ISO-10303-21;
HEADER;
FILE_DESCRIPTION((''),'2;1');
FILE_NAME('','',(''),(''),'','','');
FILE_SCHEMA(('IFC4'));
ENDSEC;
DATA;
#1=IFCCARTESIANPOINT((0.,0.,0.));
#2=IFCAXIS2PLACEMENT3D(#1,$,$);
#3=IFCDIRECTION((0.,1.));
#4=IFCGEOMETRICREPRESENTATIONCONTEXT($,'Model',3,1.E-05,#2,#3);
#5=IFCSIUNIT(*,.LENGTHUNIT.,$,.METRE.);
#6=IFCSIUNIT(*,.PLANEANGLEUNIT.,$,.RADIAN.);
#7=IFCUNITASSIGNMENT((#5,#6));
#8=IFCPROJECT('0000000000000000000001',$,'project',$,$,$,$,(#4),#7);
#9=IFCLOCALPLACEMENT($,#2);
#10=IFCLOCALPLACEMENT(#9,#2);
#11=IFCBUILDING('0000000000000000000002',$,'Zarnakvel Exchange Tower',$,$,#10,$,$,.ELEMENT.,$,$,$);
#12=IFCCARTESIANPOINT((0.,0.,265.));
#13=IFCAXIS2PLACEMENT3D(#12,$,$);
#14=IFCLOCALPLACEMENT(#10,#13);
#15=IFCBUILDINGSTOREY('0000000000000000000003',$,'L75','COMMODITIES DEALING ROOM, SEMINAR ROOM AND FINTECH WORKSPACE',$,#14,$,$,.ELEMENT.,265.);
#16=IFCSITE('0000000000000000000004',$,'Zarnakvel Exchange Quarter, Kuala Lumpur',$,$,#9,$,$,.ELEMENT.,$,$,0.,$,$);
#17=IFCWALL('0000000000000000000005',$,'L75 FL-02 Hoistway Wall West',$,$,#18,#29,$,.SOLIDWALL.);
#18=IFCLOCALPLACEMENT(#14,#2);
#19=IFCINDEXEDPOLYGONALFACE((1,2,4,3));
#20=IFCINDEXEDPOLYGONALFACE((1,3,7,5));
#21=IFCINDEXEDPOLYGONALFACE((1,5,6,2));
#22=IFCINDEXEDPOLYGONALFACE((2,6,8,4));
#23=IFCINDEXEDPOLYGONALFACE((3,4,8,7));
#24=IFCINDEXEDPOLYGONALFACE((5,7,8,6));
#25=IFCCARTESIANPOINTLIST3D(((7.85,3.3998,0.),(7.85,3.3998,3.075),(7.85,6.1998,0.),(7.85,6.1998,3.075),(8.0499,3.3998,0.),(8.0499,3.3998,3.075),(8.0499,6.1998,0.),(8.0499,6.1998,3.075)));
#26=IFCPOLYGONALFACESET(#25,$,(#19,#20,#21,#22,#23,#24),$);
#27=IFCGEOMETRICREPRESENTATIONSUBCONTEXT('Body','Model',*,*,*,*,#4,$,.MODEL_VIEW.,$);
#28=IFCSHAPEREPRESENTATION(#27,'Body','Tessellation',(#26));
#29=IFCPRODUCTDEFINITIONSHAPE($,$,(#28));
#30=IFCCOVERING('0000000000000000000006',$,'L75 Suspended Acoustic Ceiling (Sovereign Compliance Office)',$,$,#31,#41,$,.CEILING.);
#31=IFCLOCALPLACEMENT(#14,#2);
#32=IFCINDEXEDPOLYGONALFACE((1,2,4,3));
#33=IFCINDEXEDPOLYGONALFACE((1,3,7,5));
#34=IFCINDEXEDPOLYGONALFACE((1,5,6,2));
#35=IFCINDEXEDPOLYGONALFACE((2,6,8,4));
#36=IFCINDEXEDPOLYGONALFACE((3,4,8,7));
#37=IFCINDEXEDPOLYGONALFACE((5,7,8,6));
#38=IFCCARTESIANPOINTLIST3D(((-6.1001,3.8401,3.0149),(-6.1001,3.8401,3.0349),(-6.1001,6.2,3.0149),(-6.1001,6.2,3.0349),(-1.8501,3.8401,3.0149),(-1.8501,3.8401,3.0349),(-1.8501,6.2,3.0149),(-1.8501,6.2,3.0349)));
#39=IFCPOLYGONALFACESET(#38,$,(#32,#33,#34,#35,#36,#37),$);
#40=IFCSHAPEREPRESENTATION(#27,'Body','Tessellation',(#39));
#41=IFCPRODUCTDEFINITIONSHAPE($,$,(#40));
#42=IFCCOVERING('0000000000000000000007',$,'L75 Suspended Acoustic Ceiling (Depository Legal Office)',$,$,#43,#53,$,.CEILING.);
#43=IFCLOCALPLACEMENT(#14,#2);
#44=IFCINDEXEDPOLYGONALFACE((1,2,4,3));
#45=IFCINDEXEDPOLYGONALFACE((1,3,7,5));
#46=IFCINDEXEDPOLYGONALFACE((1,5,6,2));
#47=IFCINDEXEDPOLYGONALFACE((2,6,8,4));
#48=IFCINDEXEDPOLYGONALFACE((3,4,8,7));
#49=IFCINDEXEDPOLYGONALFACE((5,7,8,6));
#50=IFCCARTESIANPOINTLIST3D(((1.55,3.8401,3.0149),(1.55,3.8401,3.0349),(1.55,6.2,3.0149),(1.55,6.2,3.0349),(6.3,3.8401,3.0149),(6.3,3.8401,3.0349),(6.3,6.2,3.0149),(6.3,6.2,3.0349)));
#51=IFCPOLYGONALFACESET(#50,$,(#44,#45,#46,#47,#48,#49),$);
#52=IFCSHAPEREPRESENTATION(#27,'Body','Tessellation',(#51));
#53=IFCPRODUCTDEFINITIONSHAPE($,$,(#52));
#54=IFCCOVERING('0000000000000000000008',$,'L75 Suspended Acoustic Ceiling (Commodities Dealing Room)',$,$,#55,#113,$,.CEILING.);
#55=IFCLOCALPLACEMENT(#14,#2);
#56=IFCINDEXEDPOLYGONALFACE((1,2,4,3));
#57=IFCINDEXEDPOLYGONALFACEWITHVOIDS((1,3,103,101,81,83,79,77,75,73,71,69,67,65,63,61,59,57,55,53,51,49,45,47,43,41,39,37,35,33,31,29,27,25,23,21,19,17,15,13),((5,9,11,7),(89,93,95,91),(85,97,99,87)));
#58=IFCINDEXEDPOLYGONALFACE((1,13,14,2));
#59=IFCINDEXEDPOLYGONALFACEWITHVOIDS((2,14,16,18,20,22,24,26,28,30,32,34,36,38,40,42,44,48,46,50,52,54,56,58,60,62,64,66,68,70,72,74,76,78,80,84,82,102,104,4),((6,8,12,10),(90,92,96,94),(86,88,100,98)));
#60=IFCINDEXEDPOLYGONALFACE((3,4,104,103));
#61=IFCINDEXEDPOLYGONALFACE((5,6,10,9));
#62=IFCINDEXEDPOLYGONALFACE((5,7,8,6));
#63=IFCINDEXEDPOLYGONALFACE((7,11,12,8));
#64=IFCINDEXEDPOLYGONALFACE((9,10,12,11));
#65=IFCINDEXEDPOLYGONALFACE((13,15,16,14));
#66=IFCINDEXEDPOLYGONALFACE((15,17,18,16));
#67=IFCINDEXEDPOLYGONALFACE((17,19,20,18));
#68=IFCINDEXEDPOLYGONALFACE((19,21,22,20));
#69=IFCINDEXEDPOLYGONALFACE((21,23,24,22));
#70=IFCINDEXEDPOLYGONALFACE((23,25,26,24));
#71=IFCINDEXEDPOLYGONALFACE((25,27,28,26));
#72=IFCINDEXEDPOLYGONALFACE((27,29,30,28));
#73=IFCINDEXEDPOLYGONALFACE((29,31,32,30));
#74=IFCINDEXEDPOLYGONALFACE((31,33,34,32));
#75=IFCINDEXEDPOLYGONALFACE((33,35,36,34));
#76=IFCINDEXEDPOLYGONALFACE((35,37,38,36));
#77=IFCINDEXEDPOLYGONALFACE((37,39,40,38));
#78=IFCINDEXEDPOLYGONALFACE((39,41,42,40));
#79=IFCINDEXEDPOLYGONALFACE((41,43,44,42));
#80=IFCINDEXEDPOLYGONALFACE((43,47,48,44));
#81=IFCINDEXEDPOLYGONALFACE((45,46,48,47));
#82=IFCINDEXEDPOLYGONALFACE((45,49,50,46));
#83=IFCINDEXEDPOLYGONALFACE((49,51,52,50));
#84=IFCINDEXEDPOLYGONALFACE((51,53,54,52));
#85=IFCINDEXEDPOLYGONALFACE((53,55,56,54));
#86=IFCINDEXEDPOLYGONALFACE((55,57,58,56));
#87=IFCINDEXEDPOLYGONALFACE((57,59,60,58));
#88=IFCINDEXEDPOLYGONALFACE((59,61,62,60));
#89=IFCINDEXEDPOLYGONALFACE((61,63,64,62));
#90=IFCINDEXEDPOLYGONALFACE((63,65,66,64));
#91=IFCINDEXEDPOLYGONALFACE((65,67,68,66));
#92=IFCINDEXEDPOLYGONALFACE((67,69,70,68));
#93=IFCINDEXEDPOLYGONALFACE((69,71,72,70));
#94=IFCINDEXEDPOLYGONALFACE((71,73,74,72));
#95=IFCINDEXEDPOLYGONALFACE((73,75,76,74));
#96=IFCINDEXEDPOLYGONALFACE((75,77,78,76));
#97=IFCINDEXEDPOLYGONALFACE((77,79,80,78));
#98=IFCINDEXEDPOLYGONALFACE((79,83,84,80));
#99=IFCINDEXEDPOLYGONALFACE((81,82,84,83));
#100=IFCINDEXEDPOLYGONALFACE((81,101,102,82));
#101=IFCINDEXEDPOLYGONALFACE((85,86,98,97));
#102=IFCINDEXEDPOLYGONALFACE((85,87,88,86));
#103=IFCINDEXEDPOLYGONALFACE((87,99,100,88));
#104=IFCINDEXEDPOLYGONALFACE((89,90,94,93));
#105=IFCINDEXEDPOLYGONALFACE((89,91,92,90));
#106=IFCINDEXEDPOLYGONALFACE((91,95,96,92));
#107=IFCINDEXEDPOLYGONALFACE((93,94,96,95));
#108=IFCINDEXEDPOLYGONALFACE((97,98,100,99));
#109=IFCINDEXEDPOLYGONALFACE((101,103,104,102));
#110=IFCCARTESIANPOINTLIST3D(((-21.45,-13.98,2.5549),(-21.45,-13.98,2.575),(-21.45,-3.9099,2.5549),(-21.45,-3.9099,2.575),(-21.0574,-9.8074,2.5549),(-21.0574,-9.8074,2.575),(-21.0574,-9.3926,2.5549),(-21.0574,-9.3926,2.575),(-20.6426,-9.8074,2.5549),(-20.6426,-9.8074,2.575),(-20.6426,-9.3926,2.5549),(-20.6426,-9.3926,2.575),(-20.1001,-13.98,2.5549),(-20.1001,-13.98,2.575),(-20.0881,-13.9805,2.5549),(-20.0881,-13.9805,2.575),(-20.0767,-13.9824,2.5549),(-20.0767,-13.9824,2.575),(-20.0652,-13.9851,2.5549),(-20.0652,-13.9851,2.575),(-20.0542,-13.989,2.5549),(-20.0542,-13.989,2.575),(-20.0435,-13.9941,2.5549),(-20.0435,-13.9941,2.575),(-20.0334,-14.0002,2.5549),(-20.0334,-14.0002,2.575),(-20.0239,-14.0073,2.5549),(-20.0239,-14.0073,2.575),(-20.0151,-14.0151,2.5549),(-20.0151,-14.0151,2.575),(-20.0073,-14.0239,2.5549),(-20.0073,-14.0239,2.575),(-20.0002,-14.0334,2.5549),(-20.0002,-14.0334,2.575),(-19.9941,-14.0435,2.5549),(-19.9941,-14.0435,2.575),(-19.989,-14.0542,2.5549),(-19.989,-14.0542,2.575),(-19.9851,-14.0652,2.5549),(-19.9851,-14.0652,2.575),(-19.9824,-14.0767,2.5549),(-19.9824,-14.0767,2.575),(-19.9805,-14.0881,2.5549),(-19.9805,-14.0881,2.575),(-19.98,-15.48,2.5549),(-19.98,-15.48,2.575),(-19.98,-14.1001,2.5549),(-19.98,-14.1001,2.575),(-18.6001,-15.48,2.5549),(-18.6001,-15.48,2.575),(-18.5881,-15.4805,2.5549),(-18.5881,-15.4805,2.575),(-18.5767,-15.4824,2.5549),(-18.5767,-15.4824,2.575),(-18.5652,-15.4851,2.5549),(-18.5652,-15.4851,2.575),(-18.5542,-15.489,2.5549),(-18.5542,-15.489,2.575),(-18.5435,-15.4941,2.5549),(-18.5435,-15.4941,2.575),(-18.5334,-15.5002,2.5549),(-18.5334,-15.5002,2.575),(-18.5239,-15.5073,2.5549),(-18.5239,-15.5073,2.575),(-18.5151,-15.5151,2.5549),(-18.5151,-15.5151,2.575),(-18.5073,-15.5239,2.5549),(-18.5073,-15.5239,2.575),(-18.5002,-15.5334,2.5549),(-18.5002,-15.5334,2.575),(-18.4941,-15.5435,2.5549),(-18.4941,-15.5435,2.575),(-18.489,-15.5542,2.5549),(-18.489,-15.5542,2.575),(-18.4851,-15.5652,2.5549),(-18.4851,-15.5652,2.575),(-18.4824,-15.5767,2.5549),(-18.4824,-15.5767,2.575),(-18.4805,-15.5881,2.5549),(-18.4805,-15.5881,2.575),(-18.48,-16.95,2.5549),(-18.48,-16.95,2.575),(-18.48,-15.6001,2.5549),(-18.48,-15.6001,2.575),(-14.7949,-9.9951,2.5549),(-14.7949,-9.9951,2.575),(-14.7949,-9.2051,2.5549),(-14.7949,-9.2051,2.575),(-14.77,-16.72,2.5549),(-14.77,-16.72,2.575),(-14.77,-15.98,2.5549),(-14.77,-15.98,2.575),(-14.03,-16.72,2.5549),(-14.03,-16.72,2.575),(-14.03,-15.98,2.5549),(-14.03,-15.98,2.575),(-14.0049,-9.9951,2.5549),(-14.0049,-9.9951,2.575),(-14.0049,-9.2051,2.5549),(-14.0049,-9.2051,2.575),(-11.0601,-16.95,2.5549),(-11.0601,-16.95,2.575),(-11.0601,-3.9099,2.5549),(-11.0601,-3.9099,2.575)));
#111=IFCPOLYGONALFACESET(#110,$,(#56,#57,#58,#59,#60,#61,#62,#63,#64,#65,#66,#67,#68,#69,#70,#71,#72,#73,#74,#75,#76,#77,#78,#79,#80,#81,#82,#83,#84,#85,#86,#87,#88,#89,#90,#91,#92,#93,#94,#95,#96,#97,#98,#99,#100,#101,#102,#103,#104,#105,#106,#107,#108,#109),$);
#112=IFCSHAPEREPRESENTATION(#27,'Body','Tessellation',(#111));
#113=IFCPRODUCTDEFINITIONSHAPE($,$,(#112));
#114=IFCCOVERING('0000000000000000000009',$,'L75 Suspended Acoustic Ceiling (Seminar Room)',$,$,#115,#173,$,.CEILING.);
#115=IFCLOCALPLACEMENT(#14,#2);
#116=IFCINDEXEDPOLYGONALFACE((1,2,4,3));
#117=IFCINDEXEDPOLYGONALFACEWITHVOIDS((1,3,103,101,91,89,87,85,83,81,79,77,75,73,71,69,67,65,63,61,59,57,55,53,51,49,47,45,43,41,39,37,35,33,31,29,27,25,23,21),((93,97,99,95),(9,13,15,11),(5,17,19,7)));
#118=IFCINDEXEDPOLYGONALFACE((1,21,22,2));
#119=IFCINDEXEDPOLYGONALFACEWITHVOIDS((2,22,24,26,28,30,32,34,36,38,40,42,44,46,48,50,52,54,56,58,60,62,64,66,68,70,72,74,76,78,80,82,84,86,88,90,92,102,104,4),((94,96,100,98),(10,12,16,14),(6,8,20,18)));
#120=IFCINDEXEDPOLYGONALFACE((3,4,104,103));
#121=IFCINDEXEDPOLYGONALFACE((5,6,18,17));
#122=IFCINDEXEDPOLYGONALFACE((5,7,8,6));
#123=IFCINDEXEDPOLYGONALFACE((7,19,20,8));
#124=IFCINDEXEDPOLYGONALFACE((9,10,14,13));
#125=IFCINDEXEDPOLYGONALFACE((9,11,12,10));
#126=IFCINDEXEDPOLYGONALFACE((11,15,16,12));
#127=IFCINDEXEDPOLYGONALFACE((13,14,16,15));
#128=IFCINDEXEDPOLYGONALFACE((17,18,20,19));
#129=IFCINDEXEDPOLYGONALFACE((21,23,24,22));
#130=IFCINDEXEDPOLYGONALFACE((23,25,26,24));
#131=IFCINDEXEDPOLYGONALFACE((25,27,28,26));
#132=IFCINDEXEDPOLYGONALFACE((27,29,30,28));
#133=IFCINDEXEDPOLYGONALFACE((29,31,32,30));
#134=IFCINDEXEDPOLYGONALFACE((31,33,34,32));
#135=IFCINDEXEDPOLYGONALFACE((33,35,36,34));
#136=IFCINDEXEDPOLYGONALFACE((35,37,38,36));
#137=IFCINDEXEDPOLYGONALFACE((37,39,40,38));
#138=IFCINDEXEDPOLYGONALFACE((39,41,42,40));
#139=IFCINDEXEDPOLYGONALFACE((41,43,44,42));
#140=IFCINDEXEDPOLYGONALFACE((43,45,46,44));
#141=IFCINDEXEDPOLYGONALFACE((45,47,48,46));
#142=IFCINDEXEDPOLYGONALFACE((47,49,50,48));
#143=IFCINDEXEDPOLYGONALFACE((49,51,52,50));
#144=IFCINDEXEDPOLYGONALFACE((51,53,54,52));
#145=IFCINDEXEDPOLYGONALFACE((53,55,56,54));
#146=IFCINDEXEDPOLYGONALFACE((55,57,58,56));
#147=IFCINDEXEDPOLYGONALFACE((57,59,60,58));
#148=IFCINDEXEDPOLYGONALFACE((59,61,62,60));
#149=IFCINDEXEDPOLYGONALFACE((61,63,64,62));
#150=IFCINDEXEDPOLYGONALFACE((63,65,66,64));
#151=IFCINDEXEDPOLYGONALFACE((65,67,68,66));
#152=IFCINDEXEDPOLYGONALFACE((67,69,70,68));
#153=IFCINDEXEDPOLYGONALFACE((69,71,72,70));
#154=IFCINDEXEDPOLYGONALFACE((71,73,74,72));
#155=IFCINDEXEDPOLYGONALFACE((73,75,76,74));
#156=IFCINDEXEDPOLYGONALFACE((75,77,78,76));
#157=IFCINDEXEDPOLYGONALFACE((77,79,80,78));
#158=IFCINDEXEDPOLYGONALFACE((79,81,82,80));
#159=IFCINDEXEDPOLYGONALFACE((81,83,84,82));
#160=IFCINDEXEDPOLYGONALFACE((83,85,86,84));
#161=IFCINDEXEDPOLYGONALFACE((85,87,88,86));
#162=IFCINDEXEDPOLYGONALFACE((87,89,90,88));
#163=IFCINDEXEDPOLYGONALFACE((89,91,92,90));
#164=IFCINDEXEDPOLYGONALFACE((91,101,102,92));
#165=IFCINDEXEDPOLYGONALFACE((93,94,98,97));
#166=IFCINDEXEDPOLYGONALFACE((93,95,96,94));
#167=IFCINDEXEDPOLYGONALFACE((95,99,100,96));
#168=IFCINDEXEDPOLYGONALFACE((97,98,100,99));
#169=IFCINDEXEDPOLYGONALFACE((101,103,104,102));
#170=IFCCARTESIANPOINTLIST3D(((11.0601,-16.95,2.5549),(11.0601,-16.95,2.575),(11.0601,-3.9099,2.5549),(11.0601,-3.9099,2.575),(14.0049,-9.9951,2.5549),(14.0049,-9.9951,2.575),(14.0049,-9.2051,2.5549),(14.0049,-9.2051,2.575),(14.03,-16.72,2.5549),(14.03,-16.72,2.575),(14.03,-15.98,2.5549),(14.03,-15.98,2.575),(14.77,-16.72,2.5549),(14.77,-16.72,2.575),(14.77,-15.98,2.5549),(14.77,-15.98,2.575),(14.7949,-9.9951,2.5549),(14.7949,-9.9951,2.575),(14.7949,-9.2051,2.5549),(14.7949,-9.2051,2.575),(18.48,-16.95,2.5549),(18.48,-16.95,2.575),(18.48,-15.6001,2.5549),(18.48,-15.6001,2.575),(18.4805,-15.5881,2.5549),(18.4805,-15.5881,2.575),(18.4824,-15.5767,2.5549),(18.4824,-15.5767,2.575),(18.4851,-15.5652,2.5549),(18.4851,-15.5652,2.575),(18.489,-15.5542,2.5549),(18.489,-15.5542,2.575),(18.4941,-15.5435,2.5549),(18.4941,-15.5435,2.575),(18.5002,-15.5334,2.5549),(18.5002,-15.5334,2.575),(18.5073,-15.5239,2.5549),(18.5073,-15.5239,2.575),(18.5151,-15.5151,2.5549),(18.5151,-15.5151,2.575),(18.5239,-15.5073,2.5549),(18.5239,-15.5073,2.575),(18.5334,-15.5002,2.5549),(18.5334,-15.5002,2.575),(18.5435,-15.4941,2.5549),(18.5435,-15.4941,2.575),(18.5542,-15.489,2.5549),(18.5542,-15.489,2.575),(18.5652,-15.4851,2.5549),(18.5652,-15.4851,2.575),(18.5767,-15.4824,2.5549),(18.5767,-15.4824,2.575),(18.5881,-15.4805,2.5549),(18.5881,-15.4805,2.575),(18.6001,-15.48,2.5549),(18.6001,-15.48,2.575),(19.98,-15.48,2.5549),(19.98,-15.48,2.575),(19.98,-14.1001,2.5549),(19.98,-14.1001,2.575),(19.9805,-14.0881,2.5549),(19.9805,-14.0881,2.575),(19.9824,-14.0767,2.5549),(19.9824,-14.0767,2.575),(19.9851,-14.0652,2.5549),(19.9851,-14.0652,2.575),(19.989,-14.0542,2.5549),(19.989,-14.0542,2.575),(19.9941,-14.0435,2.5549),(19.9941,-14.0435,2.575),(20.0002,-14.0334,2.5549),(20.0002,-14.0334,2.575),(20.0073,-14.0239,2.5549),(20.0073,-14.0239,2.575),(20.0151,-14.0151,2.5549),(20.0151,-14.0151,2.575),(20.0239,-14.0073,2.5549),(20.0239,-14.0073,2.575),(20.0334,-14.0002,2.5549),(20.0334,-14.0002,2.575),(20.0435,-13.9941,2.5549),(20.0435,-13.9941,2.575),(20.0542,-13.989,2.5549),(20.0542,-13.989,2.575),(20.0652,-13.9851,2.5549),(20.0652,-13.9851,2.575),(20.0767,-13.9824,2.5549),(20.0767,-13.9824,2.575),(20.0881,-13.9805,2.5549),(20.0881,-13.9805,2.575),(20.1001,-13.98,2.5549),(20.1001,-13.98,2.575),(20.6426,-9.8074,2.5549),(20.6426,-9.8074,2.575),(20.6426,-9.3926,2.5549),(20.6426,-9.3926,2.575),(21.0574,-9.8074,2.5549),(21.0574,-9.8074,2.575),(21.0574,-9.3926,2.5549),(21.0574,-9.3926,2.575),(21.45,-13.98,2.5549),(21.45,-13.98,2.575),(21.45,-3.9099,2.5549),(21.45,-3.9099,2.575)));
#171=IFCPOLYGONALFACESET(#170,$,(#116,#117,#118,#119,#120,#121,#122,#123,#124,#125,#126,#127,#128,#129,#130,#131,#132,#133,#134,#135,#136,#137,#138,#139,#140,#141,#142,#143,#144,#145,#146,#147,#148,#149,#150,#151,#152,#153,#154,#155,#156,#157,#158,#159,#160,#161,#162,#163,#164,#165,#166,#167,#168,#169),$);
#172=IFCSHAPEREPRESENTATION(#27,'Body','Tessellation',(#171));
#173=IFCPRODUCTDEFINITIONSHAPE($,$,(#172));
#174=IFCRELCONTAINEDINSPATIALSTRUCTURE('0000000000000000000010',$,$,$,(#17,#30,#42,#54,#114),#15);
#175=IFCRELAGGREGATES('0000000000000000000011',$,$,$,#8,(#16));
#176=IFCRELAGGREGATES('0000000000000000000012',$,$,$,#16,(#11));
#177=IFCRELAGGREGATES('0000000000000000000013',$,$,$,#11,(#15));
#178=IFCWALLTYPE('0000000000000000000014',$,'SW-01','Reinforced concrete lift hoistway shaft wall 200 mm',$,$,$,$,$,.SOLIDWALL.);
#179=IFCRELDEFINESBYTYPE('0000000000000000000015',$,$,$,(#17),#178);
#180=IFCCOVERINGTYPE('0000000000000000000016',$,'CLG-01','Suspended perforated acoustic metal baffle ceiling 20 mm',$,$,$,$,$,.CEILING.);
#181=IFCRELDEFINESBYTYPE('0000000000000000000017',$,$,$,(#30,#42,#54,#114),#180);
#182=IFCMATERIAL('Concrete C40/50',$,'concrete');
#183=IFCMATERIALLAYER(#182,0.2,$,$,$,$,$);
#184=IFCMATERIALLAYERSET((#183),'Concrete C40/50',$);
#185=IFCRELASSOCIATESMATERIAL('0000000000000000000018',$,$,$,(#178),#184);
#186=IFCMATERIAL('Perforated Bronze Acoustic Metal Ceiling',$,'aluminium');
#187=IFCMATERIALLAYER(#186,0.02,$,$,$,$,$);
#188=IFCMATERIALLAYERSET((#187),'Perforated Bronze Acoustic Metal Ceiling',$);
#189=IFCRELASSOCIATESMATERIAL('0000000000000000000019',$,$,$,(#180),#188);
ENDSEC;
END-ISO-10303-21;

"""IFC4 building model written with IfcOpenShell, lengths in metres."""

from ifc_helpers import new_model, si_unit, direction, frame, frame_2d, origin, place, context, subcontext, project, spatial, polyline, rectangle, outline, extrude, material, layer, layer_set, type_object, element, save


model = new_model("IFC4")

# Units and contexts
model_context = context("Model", 3, precision=1e-05, world=origin(), true_north=direction((0.0, 1.0)))
body_context = subcontext(model_context, "Body", "Model", "MODEL_VIEW")
ifc_project = project(units=[si_unit("LENGTHUNIT", "METRE"), si_unit("PLANEANGLEUNIT", "RADIAN")], contexts=[model_context])

# Site, building, storey
site_placement = place(None, origin())
site = spatial("IfcSite", under=ifc_project, at=site_placement, Name="Zarnakvel Exchange Quarter, Kuala Lumpur", CompositionType="ELEMENT", RefElevation=0.0)
building_placement = place(site_placement, origin())
building = spatial("IfcBuilding", under=site, at=building_placement, Name="Zarnakvel Exchange Tower", CompositionType="ELEMENT")
storey_placement = place(building_placement, frame((0.0, 0.0, 265.0)))
storey = spatial("IfcBuildingStorey", under=building, at=storey_placement, Name="L75", Description="COMMODITIES DEALING ROOM, SEMINAR ROOM AND FINTECH WORKSPACE", CompositionType="ELEMENT", Elevation=265.0)

# Wall
ifc_material_1 = material(Name="Concrete C40/50", Category="concrete")
ifc_layer_1 = layer(ifc_material_1, 0.2)
ifc_layer_set_1 = layer_set([ifc_layer_1], Name="Concrete C40/50")
wall_type_1 = type_object("IfcWallType", Name="SW-01", Description="Reinforced concrete lift hoistway shaft wall 200 mm", PredefinedType="SOLIDWALL", material=ifc_layer_set_1)
wall_1_placement = place(storey_placement, frame((7.95, 3.3999, 0.0), z_axis=(0.0, 0.0, 1.0), x_axis=(0.0, 1.0, 0.0)))
element("IfcWall", 1, at=wall_1_placement, inside=storey, type_object=wall_type_1, Name="L75 FL-02 Hoistway Wall West", PredefinedType="SOLIDWALL", context=body_context, shape_type="SweptSolid", body=[
    extrude(rectangle(XDim=2.8, YDim=0.2, at=frame_2d((1.3999, 0.0))), origin(), (0.0, 0.0, 1.0), 3.075),
])

# Coverings
ifc_material_2 = material(Name="Perforated Bronze Acoustic Metal Ceiling", Category="aluminium")
ifc_layer_2 = layer(ifc_material_2, 0.02)
ifc_layer_set_2 = layer_set([ifc_layer_2], Name="Perforated Bronze Acoustic Metal Ceiling")
covering_type_1 = type_object("IfcCoveringType", Name="CLG-01", Description="Suspended perforated acoustic metal baffle ceiling 20 mm", PredefinedType="CEILING", material=ifc_layer_set_2)
covering_1_placement = place(storey_placement, frame((0.0, 0.0, 3.0149)))
element("IfcCovering", 2, at=covering_1_placement, inside=storey, type_object=covering_type_1, Name="L75 Suspended Acoustic Ceiling (Sovereign Compliance Office)", PredefinedType="CEILING", context=body_context, shape_type="SweptSolid", body=[
    extrude(outline(polyline([(-6.1001, 6.2), (-1.8501, 6.2), (-1.8501, 3.8401), (-6.1001, 3.8401), (-6.1001, 6.2)])), origin(), (0.0, 0.0, 1.0), 0.02),
])
covering_2_placement = place(storey_placement, frame((0.0, 0.0, 3.0149)))
element("IfcCovering", 3, at=covering_2_placement, inside=storey, type_object=covering_type_1, Name="L75 Suspended Acoustic Ceiling (Depository Legal Office)", PredefinedType="CEILING", context=body_context, shape_type="SweptSolid", body=[
    extrude(outline(polyline([(1.55, 6.2), (6.3, 6.2), (6.3, 3.8401), (1.55, 3.8401), (1.55, 6.2)])), origin(), (0.0, 0.0, 1.0), 0.02),
])
covering_3_placement = place(storey_placement, frame((0.0, 0.0, 2.5549)))
element("IfcCovering", 4, at=covering_3_placement, inside=storey, type_object=covering_type_1, Name="L75 Suspended Acoustic Ceiling (Commodities Dealing Room)", PredefinedType="CEILING", context=body_context, shape_type="SweptSolid", body=[
    extrude(outline(polyline([(-11.0601, -3.9099), (-11.0601, -16.95), (-18.48, -16.95), (-18.48, -15.6001), (-18.4805, -15.5881), (-18.4824, -15.5767), (-18.4851, -15.5652), (-18.489, -15.5542), (-18.4941, -15.5435), (-18.5002, -15.5334), (-18.5073, -15.5239), (-18.5151, -15.5151), (-18.5239, -15.5073), (-18.5334, -15.5002), (-18.5435, -15.4941), (-18.5542, -15.489), (-18.5652, -15.4851), (-18.5767, -15.4824), (-18.5881, -15.4805), (-18.6001, -15.48), (-19.98, -15.48), (-19.98, -14.1001), (-19.9805, -14.0881), (-19.9824, -14.0767), (-19.9851, -14.0652), (-19.989, -14.0542), (-19.9941, -14.0435), (-20.0002, -14.0334), (-20.0073, -14.0239), (-20.0151, -14.0151), (-20.0239, -14.0073), (-20.0334, -14.0002), (-20.0435, -13.9941), (-20.0542, -13.989), (-20.0652, -13.9851), (-20.0767, -13.9824), (-20.0881, -13.9805), (-20.1001, -13.98), (-21.45, -13.98), (-21.45, -3.9099), (-11.0601, -3.9099)]), holes=[polyline([(-14.0049, -9.9951), (-14.0049, -9.2051), (-14.7949, -9.2051), (-14.7949, -9.9951), (-14.0049, -9.9951)]), polyline([(-14.03, -15.98), (-14.77, -15.98), (-14.77, -16.72), (-14.03, -16.72), (-14.03, -15.98)]), polyline([(-20.6426, -9.8074), (-20.6426, -9.3926), (-21.0574, -9.3926), (-21.0574, -9.8074), (-20.6426, -9.8074)])]), origin(), (0.0, 0.0, 1.0), 0.02),
])
covering_4_placement = place(storey_placement, frame((0.0, 0.0, 2.5549)))
element("IfcCovering", 5, at=covering_4_placement, inside=storey, type_object=covering_type_1, Name="L75 Suspended Acoustic Ceiling (Seminar Room)", PredefinedType="CEILING", context=body_context, shape_type="SweptSolid", body=[
    extrude(outline(polyline([(11.0601, -3.9099), (21.45, -3.9099), (21.45, -13.98), (20.1001, -13.98), (20.0881, -13.9805), (20.0767, -13.9824), (20.0652, -13.9851), (20.0542, -13.989), (20.0435, -13.9941), (20.0334, -14.0002), (20.0239, -14.0073), (20.0151, -14.0151), (20.0073, -14.0239), (20.0002, -14.0334), (19.9941, -14.0435), (19.989, -14.0542), (19.9851, -14.0652), (19.9824, -14.0767), (19.9805, -14.0881), (19.98, -14.1001), (19.98, -15.48), (18.6001, -15.48), (18.5881, -15.4805), (18.5767, -15.4824), (18.5652, -15.4851), (18.5542, -15.489), (18.5435, -15.4941), (18.5334, -15.5002), (18.5239, -15.5073), (18.5151, -15.5151), (18.5073, -15.5239), (18.5002, -15.5334), (18.4941, -15.5435), (18.489, -15.5542), (18.4851, -15.5652), (18.4824, -15.5767), (18.4805, -15.5881), (18.48, -15.6001), (18.48, -16.95), (11.0601, -16.95), (11.0601, -3.9099)]), holes=[polyline([(21.0574, -9.8074), (21.0574, -9.3926), (20.6426, -9.3926), (20.6426, -9.8074), (21.0574, -9.8074)]), polyline([(14.7949, -9.9951), (14.7949, -9.2051), (14.0049, -9.2051), (14.0049, -9.9951), (14.7949, -9.9951)]), polyline([(14.77, -16.72), (14.77, -15.98), (14.03, -15.98), (14.03, -16.72), (14.77, -16.72)])]), origin(), (0.0, 0.0, 1.0), 0.02),
])

save(model, "model.ifc")
